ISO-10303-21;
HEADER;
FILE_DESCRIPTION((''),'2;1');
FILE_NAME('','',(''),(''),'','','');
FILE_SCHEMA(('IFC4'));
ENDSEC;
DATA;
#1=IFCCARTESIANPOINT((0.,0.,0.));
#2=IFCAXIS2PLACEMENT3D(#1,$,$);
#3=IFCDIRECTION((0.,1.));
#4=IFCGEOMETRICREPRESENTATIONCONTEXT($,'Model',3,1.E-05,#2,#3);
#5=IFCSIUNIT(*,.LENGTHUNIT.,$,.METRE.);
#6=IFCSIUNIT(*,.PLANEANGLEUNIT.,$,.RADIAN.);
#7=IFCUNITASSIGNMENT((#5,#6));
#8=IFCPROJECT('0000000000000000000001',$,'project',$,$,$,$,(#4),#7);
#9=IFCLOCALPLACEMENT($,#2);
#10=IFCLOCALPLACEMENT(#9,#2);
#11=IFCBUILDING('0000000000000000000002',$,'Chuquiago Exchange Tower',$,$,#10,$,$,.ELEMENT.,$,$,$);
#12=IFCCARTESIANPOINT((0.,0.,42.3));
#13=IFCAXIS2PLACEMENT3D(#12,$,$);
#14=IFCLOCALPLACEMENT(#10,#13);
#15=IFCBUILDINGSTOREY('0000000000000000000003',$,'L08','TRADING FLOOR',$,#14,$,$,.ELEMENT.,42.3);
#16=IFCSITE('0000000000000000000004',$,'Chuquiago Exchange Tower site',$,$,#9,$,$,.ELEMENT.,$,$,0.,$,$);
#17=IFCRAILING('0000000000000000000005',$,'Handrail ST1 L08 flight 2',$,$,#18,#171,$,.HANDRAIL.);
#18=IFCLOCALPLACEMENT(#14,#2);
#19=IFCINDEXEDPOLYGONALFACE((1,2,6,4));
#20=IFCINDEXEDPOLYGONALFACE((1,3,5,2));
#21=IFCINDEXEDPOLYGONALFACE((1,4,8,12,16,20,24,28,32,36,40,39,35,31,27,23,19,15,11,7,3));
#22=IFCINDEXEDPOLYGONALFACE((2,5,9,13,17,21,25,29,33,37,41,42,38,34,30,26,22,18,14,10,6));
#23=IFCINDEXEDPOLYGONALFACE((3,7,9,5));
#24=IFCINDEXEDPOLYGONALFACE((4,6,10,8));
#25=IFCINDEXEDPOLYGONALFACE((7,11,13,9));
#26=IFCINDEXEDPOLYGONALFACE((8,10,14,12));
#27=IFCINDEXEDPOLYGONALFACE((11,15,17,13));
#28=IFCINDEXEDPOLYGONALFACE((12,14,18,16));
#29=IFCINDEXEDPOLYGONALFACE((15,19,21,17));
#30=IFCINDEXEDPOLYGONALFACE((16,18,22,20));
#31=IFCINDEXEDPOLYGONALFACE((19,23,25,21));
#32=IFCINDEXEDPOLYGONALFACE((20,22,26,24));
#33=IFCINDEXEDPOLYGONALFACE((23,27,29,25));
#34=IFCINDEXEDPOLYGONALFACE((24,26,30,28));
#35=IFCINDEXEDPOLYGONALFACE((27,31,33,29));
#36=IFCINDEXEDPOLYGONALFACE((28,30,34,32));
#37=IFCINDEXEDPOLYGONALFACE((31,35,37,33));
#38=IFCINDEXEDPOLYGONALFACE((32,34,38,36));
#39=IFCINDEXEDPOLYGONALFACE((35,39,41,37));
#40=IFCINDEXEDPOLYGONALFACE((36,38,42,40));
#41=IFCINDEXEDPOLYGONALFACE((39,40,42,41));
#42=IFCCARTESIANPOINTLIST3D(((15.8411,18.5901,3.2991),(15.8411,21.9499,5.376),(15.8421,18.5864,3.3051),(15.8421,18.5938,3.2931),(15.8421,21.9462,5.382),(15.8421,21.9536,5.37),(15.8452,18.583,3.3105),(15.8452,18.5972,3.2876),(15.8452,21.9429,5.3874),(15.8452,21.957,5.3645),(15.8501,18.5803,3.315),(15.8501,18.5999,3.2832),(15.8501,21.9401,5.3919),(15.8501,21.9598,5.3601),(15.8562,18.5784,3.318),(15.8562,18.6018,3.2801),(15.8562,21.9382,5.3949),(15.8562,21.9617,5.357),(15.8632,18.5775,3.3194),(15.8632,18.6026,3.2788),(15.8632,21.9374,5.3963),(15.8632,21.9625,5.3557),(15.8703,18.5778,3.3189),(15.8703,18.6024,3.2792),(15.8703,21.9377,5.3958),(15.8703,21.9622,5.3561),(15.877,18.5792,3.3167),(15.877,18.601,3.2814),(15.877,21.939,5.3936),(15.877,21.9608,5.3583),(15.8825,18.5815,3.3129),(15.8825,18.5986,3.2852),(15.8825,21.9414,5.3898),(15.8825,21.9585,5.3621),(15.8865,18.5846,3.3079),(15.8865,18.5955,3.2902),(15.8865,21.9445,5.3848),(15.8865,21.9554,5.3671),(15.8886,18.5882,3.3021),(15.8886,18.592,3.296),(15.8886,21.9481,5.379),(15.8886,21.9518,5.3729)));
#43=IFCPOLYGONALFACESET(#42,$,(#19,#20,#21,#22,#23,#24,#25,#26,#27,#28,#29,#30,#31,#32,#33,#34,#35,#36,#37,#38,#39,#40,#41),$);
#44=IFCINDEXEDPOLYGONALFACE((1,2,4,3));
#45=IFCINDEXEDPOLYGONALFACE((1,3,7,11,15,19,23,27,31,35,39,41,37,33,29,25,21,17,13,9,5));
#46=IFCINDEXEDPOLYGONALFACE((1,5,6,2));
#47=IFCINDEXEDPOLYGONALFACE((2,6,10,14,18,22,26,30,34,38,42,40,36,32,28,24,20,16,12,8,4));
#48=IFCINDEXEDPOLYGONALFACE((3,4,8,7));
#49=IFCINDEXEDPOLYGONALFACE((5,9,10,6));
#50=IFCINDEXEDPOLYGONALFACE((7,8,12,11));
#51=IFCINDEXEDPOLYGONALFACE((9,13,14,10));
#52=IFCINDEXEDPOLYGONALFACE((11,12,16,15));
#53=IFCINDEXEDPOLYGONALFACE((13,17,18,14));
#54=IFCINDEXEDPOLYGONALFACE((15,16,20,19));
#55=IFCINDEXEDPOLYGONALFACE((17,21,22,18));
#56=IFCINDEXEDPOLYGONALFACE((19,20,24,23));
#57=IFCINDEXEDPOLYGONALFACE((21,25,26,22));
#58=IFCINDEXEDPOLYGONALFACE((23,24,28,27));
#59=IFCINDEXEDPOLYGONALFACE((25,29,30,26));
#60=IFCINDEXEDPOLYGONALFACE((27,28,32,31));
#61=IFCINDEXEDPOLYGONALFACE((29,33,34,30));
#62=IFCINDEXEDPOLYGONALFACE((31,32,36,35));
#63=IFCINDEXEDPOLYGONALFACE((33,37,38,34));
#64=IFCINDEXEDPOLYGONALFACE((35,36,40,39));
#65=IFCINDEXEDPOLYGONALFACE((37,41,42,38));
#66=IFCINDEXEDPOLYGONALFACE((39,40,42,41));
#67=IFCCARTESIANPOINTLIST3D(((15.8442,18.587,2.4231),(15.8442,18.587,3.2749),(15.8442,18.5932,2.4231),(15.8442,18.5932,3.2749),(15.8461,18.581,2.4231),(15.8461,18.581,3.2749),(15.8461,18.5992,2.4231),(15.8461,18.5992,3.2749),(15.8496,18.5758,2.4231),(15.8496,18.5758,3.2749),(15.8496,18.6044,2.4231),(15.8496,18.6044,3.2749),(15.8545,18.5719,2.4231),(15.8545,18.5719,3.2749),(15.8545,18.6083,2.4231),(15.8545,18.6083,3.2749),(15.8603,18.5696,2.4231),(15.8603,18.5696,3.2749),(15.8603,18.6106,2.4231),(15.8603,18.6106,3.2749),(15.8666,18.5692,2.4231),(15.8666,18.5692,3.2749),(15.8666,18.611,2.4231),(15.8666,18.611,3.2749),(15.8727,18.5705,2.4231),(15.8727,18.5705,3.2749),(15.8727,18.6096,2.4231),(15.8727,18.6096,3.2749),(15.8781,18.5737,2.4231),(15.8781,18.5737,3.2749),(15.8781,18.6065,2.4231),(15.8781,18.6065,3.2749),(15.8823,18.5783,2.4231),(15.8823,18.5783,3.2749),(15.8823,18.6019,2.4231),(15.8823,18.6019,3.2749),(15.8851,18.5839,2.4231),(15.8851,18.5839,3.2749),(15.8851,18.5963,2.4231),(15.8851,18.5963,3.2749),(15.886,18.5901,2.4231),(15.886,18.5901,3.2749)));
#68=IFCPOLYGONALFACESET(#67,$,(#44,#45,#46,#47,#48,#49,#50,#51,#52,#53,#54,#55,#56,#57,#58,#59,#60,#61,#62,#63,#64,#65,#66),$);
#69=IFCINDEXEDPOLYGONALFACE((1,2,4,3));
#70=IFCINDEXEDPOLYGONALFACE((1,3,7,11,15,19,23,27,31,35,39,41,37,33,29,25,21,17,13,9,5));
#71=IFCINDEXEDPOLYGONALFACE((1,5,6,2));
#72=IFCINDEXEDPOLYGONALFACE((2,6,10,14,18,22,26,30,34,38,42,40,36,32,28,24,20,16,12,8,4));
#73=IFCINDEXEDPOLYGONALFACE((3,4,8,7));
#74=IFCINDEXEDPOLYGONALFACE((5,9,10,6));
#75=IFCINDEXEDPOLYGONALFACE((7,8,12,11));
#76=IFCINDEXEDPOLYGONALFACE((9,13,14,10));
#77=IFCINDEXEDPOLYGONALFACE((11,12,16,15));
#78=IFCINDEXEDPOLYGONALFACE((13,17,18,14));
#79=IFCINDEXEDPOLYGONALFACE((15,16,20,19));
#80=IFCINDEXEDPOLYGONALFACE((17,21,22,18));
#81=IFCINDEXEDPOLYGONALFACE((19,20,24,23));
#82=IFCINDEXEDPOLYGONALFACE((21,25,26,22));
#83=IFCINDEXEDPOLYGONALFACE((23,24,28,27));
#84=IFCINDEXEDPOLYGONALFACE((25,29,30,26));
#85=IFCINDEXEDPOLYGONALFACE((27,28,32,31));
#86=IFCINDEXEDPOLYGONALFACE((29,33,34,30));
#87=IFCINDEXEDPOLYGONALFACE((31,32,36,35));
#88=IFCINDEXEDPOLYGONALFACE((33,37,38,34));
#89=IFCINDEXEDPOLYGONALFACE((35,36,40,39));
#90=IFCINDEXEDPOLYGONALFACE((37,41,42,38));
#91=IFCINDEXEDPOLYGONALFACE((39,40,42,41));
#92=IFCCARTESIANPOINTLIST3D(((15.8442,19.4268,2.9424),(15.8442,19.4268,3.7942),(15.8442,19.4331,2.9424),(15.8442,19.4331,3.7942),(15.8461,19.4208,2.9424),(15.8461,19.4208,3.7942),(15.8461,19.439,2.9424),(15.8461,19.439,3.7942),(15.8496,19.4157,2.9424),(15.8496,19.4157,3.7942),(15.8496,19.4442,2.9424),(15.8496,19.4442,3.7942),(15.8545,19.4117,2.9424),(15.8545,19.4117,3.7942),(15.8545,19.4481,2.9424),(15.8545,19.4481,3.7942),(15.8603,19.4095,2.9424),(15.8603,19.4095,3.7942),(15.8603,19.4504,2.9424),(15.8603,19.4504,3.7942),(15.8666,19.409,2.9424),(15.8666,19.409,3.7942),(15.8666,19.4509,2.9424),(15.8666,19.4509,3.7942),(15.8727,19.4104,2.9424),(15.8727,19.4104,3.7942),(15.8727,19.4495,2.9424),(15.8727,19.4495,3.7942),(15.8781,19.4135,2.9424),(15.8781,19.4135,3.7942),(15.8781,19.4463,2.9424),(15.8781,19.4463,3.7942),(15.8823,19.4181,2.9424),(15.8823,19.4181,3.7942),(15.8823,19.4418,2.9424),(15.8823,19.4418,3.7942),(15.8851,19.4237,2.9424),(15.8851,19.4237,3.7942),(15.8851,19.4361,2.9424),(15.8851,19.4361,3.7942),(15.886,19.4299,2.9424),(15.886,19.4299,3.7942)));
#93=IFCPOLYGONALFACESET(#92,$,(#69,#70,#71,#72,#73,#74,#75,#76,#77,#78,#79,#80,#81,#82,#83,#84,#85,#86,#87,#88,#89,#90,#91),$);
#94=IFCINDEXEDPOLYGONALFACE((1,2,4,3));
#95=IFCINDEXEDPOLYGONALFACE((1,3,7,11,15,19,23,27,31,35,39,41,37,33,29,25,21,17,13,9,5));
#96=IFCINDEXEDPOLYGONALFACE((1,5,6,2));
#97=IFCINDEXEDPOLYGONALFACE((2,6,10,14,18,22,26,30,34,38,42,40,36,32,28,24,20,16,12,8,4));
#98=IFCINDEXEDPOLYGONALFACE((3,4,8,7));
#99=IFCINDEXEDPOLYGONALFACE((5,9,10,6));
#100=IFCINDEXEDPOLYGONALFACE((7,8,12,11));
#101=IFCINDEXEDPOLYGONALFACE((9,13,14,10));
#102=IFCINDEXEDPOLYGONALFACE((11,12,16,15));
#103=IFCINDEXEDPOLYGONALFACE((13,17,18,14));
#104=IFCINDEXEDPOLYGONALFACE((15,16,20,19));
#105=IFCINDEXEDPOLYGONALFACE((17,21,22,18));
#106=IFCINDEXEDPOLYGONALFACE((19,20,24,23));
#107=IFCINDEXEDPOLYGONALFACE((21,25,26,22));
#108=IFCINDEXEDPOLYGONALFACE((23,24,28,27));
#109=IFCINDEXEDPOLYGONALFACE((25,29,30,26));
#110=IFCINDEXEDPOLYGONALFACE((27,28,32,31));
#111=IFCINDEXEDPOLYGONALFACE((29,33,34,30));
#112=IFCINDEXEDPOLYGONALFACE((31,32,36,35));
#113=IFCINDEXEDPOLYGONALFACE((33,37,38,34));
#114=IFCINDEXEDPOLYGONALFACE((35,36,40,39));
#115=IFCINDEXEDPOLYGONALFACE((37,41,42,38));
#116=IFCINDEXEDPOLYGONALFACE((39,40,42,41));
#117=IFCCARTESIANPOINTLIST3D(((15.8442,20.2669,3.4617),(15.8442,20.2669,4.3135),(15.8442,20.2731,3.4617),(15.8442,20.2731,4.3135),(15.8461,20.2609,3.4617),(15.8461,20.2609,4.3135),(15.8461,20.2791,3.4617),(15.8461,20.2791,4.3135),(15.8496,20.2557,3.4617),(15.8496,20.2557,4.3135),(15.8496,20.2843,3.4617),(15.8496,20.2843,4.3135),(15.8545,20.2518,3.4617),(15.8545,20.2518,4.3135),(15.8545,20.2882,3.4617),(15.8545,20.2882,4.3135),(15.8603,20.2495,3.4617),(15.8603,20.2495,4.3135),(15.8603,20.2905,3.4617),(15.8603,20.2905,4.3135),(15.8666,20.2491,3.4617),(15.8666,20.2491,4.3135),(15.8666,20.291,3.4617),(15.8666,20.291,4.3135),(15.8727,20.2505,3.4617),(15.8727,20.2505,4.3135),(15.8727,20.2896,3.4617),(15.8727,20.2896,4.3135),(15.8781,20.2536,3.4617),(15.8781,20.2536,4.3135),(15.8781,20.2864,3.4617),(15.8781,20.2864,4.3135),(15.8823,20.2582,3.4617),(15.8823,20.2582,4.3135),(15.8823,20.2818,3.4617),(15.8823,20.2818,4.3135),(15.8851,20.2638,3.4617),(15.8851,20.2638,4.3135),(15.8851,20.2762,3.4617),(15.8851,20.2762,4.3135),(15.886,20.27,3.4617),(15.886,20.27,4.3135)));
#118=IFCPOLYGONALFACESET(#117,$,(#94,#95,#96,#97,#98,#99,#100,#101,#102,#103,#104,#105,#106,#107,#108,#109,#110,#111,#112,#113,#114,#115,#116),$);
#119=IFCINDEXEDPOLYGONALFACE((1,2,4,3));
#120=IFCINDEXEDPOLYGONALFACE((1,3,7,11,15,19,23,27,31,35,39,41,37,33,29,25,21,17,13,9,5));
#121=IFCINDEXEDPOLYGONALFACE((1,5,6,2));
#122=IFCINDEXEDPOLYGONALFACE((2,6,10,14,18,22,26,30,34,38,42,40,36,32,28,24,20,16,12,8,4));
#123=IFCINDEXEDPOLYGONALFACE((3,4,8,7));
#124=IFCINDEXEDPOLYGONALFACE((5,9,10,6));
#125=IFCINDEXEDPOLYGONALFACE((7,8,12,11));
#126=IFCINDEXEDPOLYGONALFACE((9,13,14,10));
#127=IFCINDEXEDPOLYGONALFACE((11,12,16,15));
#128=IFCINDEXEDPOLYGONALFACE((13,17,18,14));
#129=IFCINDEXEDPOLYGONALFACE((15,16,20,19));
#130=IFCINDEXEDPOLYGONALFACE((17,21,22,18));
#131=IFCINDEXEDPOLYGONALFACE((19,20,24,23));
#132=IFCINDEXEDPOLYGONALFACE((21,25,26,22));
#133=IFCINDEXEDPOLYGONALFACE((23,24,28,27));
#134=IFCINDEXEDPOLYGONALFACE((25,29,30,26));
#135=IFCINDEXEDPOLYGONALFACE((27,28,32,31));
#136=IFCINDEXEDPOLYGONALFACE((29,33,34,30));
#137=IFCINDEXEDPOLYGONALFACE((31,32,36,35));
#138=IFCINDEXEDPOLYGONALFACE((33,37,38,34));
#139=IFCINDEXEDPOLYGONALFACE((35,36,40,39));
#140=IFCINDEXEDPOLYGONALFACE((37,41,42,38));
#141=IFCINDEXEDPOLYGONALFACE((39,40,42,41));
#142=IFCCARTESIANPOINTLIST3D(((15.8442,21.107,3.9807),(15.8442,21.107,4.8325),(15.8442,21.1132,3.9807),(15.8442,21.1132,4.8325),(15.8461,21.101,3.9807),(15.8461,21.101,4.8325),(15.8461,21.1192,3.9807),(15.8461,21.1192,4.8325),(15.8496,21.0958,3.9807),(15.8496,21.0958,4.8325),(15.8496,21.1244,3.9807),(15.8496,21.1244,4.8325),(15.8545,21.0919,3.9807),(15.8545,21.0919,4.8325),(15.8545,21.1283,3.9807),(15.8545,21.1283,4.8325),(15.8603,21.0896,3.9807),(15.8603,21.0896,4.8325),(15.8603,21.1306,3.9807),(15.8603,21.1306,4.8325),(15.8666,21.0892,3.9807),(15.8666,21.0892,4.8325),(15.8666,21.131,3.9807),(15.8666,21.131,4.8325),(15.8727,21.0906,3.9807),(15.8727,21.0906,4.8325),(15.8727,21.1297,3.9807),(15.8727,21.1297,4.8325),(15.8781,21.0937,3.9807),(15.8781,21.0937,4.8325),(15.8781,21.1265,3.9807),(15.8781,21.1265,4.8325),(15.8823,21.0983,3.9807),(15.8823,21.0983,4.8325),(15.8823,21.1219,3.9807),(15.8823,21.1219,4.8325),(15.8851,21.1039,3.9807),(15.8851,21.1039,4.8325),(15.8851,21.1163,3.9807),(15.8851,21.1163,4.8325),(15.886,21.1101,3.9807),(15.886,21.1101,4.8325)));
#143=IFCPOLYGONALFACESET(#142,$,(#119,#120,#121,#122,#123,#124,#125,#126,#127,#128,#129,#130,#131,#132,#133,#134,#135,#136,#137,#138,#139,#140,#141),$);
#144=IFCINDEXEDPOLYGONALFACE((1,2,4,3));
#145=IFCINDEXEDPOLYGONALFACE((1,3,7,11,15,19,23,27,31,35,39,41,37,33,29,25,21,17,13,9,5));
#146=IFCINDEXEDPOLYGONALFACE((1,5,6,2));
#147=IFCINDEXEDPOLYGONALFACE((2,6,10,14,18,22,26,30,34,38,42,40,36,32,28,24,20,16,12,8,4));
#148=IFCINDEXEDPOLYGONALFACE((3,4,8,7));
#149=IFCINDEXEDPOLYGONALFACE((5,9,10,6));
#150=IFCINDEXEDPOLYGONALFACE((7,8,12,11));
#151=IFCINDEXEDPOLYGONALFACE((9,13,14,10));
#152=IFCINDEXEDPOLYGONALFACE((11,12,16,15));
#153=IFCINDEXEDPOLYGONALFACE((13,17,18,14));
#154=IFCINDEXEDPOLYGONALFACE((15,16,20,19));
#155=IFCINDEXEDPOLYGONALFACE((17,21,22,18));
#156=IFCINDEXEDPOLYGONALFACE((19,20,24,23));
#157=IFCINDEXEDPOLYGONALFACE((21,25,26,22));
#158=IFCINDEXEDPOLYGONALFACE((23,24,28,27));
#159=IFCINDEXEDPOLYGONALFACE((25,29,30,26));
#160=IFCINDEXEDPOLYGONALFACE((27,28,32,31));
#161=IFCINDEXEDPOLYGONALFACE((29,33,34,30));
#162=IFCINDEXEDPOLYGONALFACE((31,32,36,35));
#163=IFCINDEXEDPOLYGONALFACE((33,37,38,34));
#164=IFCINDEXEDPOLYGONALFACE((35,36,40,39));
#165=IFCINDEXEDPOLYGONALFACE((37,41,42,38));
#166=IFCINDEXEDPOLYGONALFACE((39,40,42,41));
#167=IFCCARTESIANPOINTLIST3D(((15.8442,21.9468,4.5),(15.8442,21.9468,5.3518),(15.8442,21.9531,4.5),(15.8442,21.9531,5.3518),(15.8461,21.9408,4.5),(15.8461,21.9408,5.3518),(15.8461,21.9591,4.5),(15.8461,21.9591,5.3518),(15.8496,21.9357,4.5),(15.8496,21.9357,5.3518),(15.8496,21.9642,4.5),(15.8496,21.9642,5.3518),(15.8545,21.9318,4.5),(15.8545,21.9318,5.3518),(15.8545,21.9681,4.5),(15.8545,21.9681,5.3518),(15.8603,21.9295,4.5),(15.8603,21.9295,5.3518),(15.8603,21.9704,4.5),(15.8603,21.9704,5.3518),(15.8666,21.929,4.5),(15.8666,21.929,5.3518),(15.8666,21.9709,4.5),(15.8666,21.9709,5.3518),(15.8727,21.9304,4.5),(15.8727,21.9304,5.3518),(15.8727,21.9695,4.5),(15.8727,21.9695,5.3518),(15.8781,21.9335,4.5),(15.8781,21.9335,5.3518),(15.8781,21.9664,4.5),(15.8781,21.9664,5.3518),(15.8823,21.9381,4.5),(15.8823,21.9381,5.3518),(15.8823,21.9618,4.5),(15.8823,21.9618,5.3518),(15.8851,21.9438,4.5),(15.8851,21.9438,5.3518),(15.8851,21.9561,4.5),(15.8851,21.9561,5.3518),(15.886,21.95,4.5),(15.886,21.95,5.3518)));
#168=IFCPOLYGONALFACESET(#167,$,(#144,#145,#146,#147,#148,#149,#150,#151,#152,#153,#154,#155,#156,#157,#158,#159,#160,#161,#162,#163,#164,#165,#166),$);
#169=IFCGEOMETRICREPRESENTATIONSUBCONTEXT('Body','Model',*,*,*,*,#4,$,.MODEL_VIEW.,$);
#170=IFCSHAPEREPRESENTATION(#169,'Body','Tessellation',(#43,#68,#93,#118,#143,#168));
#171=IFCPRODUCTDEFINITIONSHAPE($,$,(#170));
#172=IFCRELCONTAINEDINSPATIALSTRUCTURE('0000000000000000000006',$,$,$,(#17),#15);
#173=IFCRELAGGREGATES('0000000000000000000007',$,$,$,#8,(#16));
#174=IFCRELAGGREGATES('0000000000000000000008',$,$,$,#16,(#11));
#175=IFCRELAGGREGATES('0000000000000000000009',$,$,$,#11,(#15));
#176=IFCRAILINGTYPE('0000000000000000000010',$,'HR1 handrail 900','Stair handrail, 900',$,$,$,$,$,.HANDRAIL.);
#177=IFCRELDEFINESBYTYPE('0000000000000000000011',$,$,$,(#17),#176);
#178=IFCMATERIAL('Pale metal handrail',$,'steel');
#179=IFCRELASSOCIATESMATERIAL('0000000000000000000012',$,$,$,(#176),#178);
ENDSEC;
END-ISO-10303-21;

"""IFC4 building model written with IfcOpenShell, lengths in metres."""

from ifc_helpers import new_model, si_unit, direction, frame, origin, origin_2d, place, context, subcontext, project, spatial, circle, extrude, material, type_object, element, save


model = new_model("IFC4")

# Units and contexts
model_context = context("Model", 3, precision=1e-05, world=origin(), true_north=direction((0.0, 1.0)))
body_context = subcontext(model_context, "Body", "Model", "MODEL_VIEW")
ifc_project = project(units=[si_unit("LENGTHUNIT", "METRE"), si_unit("PLANEANGLEUNIT", "RADIAN")], contexts=[model_context])

# Site, building, storey
site_placement = place(None, origin())
site = spatial("IfcSite", under=ifc_project, at=site_placement, Name="Chuquiago Exchange Tower site", CompositionType="ELEMENT", RefElevation=0.0)
building_placement = place(site_placement, origin())
building = spatial("IfcBuilding", under=site, at=building_placement, Name="Chuquiago Exchange Tower", CompositionType="ELEMENT")
storey_placement = place(building_placement, frame((0.0, 0.0, 42.3)))
storey = spatial("IfcBuildingStorey", under=building, at=storey_placement, Name="L08", Description="TRADING FLOOR", CompositionType="ELEMENT", Elevation=42.3)

# Railing
ifc_material_1 = material(Name="Pale metal handrail", Category="steel")
railing_type_1 = type_object("IfcRailingType", Name="HR1 handrail 900", Description="Stair handrail, 900", PredefinedType="HANDRAIL", material=ifc_material_1)
for number, where, name in (
    (1, (15.865, 18.5901, 2.4231), "Handrail ST1 L08 flight 2"),
):
    element("IfcRailing", number, at=place(storey_placement, frame(where)), inside=storey, type_object=railing_type_1, Name=name, PredefinedType="HANDRAIL", context=body_context, shape_type="SweptSolid", body=[
        extrude(circle(Radius=0.0239, at=origin_2d()), frame((0.0, 0.0, 0.876), z_axis=(0.0, 0.850606, 0.525803), x_axis=(-1.0, 0.0, 0.0)), (0.0, 0.0, 1.0), 3.95),
        extrude(circle(Radius=0.021, at=origin_2d()), origin(), (0.0, 0.0, 1.0), 0.8518),
        extrude(circle(Radius=0.021, at=origin_2d()), frame((0.0, 0.8398, 0.5193)), (0.0, 0.0, 1.0), 0.8518),
        extrude(circle(Radius=0.021, at=origin_2d()), frame((0.0, 1.6799, 1.0386)), (0.0, 0.0, 1.0), 0.8518),
        extrude(circle(Radius=0.021, at=origin_2d()), frame((0.0, 2.52, 1.5576)), (0.0, 0.0, 1.0), 0.8518),
        extrude(circle(Radius=0.021, at=origin_2d()), frame((0.0, 3.3599, 2.0769)), (0.0, 0.0, 1.0), 0.8518),
    ])

save(model, "model.ifc")
